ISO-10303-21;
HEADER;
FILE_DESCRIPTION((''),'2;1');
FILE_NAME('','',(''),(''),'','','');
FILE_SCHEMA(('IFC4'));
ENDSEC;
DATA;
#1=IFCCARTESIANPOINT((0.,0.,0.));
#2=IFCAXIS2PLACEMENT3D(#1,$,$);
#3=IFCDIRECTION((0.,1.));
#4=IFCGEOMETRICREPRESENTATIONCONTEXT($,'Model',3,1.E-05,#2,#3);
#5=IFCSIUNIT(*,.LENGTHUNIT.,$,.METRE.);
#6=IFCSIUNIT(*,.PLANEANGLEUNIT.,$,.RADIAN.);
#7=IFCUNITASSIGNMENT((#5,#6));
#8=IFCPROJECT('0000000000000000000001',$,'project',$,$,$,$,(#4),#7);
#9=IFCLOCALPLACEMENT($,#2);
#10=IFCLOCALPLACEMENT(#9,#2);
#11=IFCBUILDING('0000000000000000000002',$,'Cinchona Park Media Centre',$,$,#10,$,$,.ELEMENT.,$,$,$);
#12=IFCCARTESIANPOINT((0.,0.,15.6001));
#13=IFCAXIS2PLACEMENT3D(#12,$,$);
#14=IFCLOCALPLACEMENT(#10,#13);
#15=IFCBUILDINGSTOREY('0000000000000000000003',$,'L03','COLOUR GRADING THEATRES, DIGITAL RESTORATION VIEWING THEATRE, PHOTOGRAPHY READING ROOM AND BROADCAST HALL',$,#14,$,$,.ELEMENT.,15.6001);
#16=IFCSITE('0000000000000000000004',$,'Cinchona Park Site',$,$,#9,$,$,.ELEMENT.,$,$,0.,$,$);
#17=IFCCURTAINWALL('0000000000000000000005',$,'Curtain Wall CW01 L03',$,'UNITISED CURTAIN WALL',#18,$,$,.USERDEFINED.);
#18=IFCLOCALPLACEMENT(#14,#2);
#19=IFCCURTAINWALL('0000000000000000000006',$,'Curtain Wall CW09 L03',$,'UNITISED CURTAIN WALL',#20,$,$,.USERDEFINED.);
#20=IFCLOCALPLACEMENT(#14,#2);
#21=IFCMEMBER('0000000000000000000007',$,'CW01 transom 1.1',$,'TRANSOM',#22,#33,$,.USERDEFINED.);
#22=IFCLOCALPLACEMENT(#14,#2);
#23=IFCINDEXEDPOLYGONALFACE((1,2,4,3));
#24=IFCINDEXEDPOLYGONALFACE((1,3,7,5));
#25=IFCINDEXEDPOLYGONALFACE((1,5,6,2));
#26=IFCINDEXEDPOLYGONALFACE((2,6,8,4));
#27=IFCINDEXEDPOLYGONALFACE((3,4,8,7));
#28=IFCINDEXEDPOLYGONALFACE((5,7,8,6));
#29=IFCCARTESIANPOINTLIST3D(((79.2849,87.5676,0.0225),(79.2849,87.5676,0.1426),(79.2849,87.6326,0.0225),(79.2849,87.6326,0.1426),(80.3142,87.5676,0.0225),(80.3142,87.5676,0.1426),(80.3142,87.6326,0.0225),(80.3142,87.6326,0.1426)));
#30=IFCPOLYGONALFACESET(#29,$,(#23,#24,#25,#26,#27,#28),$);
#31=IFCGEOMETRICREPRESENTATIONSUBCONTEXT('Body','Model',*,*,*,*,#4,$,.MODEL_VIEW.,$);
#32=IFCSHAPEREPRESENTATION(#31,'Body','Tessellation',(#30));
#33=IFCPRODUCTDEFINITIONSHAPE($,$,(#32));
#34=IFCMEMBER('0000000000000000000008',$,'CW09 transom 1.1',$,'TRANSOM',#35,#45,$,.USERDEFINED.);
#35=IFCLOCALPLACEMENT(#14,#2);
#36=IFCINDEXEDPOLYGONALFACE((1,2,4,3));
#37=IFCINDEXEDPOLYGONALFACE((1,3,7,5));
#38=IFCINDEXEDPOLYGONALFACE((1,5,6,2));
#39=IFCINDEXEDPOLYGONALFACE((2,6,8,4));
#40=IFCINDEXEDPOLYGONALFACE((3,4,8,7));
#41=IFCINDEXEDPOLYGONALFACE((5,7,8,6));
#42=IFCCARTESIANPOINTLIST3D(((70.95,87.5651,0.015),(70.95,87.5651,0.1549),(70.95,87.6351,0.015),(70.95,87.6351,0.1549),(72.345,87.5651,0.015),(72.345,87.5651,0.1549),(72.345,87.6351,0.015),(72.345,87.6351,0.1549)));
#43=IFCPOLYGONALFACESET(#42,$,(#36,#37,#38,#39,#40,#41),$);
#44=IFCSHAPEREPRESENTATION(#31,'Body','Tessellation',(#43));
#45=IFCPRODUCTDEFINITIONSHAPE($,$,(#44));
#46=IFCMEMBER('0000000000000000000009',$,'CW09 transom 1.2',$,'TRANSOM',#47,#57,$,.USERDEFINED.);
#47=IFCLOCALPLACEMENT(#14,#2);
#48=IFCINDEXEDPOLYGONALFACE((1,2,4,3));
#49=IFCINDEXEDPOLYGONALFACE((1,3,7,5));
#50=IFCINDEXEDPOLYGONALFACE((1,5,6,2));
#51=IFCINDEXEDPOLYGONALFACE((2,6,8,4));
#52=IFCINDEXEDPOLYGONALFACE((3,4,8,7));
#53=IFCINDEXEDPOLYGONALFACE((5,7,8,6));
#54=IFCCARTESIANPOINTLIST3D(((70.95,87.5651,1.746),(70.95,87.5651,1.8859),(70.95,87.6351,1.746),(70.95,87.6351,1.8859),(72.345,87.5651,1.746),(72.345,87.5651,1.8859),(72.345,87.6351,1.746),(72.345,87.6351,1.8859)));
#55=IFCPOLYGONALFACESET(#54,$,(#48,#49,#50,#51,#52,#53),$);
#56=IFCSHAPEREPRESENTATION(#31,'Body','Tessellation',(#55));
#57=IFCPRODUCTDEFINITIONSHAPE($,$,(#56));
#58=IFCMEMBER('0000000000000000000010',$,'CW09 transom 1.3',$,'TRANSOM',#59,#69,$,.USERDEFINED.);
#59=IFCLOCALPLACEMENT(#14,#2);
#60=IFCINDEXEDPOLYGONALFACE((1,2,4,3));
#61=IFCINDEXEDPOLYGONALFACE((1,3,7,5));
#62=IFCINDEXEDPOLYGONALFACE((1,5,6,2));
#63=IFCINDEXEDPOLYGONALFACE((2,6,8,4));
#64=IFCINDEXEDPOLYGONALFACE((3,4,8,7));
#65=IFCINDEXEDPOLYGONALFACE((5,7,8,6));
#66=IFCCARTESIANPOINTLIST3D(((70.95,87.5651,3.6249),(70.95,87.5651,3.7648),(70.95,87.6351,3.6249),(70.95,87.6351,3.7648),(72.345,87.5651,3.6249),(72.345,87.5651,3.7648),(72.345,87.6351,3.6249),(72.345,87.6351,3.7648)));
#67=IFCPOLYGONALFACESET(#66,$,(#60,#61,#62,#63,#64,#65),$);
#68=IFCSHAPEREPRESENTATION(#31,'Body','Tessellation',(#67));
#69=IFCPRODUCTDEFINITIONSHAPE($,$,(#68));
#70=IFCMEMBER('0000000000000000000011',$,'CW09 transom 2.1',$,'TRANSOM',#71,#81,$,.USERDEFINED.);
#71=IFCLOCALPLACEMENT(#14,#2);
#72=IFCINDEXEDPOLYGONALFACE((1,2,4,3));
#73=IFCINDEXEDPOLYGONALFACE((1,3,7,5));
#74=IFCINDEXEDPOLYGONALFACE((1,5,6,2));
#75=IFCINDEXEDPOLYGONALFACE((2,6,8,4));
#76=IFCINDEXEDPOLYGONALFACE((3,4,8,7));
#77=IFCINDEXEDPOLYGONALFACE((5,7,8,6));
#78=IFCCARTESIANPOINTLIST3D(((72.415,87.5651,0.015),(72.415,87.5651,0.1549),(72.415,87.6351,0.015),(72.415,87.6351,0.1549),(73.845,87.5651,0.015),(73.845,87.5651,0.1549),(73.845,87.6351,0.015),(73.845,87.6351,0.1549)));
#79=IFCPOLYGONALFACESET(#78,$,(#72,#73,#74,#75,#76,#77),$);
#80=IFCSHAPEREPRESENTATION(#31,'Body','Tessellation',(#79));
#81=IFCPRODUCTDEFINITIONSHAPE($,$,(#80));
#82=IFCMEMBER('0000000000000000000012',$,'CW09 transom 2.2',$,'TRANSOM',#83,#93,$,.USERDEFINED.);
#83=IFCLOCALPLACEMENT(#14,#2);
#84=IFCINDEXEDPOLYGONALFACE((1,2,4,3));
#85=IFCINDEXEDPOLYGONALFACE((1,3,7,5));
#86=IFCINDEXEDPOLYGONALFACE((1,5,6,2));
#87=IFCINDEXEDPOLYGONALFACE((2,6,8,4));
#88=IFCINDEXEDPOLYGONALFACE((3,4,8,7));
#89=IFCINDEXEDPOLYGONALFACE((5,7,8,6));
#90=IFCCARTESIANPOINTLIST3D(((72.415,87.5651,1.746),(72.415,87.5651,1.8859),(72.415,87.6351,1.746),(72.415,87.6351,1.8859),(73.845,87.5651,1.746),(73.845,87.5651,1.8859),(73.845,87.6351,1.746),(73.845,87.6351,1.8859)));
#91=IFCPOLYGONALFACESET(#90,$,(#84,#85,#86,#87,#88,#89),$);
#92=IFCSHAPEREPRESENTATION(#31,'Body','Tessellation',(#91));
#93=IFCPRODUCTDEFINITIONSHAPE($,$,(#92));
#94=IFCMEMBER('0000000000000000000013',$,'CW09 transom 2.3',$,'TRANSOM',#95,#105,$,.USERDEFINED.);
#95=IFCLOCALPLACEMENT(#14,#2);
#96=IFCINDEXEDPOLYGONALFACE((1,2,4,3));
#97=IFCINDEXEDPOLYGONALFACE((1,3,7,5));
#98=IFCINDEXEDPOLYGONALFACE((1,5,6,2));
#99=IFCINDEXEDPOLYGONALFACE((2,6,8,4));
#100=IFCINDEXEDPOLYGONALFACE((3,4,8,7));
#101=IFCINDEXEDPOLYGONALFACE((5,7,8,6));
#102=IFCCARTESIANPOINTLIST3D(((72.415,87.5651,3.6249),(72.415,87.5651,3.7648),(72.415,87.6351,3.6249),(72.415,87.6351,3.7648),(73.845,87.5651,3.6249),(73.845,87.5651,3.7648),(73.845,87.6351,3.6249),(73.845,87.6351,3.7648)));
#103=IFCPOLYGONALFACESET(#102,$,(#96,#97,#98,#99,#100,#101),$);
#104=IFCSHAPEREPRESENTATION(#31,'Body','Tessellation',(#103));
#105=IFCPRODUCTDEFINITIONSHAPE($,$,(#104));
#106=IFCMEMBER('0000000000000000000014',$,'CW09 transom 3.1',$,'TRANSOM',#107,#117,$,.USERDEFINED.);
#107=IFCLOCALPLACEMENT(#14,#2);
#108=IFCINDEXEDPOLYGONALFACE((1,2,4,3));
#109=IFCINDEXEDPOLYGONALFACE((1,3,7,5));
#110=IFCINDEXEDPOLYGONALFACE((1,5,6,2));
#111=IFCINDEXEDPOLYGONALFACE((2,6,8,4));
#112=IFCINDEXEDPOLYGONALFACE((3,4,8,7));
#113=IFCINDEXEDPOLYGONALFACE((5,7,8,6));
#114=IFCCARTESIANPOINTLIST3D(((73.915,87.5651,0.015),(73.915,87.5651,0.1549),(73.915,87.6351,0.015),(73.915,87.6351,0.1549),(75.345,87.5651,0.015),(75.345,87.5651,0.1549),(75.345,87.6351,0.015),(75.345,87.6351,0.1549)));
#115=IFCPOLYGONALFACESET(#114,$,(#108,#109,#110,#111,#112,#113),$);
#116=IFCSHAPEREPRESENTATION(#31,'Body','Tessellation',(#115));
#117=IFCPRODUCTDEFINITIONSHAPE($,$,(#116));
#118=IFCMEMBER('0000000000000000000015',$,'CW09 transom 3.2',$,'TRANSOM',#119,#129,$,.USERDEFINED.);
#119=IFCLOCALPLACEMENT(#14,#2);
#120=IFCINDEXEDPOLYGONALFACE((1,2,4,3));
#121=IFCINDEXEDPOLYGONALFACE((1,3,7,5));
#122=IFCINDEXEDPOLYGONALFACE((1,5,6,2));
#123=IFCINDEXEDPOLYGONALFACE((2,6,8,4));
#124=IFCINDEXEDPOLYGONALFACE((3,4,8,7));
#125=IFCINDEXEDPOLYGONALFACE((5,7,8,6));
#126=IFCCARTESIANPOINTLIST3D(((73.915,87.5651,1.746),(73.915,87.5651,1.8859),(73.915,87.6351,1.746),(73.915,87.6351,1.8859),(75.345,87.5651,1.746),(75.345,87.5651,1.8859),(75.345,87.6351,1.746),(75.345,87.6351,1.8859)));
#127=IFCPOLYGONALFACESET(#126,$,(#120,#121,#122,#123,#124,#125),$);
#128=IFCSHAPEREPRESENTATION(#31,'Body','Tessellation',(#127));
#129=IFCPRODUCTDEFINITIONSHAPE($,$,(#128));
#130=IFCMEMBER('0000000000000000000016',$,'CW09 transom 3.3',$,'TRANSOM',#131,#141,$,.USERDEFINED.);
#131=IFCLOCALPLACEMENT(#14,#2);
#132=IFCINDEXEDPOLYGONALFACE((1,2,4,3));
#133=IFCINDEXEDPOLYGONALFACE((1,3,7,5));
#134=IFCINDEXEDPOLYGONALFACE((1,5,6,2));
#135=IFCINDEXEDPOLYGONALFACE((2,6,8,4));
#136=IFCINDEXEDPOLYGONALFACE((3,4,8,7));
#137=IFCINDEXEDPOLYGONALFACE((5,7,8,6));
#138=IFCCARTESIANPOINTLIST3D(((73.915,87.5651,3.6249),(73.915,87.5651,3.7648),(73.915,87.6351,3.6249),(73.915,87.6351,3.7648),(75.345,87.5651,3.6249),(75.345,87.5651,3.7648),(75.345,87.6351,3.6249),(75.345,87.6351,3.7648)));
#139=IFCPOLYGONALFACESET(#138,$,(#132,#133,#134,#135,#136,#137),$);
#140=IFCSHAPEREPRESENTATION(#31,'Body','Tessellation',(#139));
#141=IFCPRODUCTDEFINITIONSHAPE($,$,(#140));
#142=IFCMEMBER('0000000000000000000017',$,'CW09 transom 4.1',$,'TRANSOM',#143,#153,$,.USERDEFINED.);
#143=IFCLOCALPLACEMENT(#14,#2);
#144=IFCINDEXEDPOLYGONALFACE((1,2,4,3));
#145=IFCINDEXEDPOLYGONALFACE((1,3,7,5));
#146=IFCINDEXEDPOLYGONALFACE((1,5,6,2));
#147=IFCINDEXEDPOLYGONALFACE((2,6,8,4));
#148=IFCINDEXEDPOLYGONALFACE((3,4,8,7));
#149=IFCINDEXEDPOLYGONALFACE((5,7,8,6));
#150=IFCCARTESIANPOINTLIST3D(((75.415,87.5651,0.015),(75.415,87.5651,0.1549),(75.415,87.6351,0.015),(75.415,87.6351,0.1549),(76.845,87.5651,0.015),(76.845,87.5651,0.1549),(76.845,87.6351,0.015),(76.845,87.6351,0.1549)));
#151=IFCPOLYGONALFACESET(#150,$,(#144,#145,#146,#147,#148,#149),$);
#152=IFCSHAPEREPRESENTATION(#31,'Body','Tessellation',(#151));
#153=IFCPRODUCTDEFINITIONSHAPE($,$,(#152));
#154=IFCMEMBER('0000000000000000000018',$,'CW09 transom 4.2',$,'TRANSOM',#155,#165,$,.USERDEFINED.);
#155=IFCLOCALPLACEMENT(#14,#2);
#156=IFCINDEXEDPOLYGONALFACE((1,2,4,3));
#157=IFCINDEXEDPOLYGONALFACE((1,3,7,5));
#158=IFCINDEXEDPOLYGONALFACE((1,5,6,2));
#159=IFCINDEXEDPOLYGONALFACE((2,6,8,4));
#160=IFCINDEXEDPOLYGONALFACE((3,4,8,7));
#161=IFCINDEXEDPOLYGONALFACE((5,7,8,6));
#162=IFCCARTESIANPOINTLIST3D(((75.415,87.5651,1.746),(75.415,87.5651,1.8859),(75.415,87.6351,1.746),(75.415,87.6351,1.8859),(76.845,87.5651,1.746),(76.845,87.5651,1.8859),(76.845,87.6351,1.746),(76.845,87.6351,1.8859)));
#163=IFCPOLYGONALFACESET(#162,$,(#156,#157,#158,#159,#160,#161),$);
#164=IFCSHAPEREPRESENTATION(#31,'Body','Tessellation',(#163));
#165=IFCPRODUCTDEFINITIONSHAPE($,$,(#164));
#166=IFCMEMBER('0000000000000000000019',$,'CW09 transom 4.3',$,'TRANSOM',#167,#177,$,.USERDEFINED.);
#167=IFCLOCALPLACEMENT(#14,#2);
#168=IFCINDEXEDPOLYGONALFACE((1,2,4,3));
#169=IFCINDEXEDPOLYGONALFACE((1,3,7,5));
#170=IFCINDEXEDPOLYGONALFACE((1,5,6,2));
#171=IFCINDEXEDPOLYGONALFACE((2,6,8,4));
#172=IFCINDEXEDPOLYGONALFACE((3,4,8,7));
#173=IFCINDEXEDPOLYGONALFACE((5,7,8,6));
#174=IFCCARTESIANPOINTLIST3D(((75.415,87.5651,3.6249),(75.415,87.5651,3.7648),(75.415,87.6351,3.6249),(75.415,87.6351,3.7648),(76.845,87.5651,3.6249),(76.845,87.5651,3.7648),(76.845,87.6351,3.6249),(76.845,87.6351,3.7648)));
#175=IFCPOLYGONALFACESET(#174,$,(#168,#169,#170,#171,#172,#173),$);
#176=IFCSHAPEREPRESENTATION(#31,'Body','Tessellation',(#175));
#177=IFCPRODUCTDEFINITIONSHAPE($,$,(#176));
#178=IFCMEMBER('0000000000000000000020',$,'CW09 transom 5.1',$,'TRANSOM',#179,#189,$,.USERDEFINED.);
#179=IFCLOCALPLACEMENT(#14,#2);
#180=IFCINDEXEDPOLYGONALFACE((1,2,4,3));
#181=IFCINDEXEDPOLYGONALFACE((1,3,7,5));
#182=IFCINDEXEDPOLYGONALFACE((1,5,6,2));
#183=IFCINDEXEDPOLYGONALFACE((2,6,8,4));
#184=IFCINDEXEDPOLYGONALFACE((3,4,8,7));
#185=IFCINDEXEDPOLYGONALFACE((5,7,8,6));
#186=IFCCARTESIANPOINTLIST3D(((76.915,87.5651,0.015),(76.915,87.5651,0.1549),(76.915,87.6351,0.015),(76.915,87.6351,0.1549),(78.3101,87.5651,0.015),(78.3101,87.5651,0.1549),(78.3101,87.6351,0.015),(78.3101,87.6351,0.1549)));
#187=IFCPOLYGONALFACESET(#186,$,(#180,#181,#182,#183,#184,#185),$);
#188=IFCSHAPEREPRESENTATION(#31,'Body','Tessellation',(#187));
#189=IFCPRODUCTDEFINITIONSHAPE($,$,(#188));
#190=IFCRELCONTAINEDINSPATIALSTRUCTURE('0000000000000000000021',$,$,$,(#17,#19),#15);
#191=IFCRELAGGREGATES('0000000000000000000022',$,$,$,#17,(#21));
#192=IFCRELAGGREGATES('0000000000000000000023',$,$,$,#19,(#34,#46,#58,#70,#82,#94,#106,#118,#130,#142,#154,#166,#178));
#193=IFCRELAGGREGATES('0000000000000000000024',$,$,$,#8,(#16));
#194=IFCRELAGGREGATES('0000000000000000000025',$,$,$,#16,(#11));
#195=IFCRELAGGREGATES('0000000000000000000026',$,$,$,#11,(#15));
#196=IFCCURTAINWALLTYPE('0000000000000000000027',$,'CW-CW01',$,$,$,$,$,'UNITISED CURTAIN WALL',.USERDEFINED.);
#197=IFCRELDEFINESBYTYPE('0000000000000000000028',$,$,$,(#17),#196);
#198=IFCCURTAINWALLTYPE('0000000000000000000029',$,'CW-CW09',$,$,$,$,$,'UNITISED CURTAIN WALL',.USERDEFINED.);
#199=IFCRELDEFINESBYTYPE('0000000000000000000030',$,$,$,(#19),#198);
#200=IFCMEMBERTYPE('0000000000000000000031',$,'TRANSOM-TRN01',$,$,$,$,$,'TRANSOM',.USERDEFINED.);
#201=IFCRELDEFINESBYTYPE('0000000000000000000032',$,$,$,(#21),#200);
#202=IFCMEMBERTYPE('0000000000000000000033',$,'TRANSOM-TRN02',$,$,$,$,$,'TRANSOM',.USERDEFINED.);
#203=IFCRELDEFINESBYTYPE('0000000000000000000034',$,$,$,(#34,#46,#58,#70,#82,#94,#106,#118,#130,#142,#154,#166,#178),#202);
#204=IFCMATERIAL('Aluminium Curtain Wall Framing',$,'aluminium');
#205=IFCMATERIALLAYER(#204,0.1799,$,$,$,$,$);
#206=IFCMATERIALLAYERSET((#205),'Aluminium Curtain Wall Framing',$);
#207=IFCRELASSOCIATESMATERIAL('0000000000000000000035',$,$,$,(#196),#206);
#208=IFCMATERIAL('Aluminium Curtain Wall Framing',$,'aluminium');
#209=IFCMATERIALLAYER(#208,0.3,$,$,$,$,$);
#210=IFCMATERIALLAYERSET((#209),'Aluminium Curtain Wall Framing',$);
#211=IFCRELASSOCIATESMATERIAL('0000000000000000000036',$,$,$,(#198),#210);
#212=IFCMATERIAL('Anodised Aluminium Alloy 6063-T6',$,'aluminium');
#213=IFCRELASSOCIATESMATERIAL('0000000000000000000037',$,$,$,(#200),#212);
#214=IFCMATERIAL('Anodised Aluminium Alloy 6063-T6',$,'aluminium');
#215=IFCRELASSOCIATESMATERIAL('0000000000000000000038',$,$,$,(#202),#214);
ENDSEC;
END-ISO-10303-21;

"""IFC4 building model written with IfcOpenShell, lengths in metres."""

from ifc_helpers import new_model, si_unit, direction, frame, origin, origin_2d, place, context, subcontext, project, spatial, rectangle, extrude, material, layer, layer_set, material_profile, profile_set, type_object, element, aggregate, save


model = new_model("IFC4")

# Units and contexts
model_context = context("Model", 3, precision=1e-05, world=origin(), true_north=direction((0.0, 1.0)))
body_context = subcontext(model_context, "Body", "Model", "MODEL_VIEW")
ifc_project = project(units=[si_unit("LENGTHUNIT", "METRE"), si_unit("PLANEANGLEUNIT", "RADIAN")], contexts=[model_context])

# Site, building, storey
site_placement = place(None, origin())
site = spatial("IfcSite", under=ifc_project, at=site_placement, Name="Cinchona Park Site", CompositionType="ELEMENT", RefElevation=0.0)
building_placement = place(site_placement, origin())
building = spatial("IfcBuilding", under=site, at=building_placement, Name="Cinchona Park Media Centre", CompositionType="ELEMENT")
storey_placement = place(building_placement, frame((0.0, 0.0, 15.6001)))
storey = spatial("IfcBuildingStorey", under=building, at=storey_placement, Name="L03", Description="COLOUR GRADING THEATRES, DIGITAL RESTORATION VIEWING THEATRE, PHOTOGRAPHY READING ROOM AND BROADCAST HALL", CompositionType="ELEMENT", Elevation=15.6001)

# Curtain wall
ifc_material_1 = material(Name="Aluminium Curtain Wall Framing", Category="aluminium")
ifc_layer_1 = layer(ifc_material_1, 0.1799)
ifc_layer_set_1 = layer_set([ifc_layer_1], Name="Aluminium Curtain Wall Framing")
curtain_wall_type_1 = type_object("IfcCurtainWallType", Name="CW-CW01", ElementType="UNITISED CURTAIN WALL", PredefinedType="USERDEFINED", material=ifc_layer_set_1)
curtain_wall_1_placement = place(storey_placement, origin())
curtain_wall_1 = element("IfcCurtainWall", 1, at=curtain_wall_1_placement, inside=storey, type_object=curtain_wall_type_1, Name="Curtain Wall CW01 L03", ObjectType="UNITISED CURTAIN WALL", PredefinedType="USERDEFINED")

# Curtain wall
ifc_material_2 = material(Name="Aluminium Curtain Wall Framing", Category="aluminium")
ifc_layer_2 = layer(ifc_material_2, 0.3)
ifc_layer_set_2 = layer_set([ifc_layer_2], Name="Aluminium Curtain Wall Framing")
curtain_wall_type_2 = type_object("IfcCurtainWallType", Name="CW-CW09", ElementType="UNITISED CURTAIN WALL", PredefinedType="USERDEFINED", material=ifc_layer_set_2)
curtain_wall_2_placement = place(storey_placement, origin())
curtain_wall_2 = element("IfcCurtainWall", 2, at=curtain_wall_2_placement, inside=storey, type_object=curtain_wall_type_2, Name="Curtain Wall CW09 L03", ObjectType="UNITISED CURTAIN WALL", PredefinedType="USERDEFINED")

# Members
ifc_material_3 = material(Name="Anodised Aluminium Alloy 6063-T6", Category="aluminium")
ifc_material_profile_1 = material_profile(ifc_material_3, rectangle(XDim=0.0649, YDim=0.1201, at=origin_2d()), Name="TRN-65X120")
ifc_profile_set_1 = profile_set([ifc_material_profile_1], Name="Anodised Aluminium Alloy 6063-T6")
member_type_1 = type_object("IfcMemberType", Name="TRANSOM-TRN01", ElementType="TRANSOM", PredefinedType="USERDEFINED", material=ifc_profile_set_1)
member_1_placement = place(storey_placement, frame((79.2849, 87.6001, 0.0825), z_axis=(1.0, 0.0, 0.0), x_axis=(0.0, 1.0, 0.0)))
member_1 = element("IfcMember", 3, at=member_1_placement, type_object=member_type_1, Name="CW01 transom 1.1", ObjectType="TRANSOM", PredefinedType="USERDEFINED", context=body_context, shape_type="SweptSolid", body=[
    extrude(rectangle(XDim=0.0649, YDim=0.1201, at=origin_2d()), origin(), (0.0, 0.0, 1.0), 1.0293),
])
aggregate(curtain_wall_1, [member_1])
ifc_material_4 = material(Name="Anodised Aluminium Alloy 6063-T6", Category="aluminium")
ifc_material_profile_2 = material_profile(ifc_material_4, rectangle(XDim=0.0701, YDim=0.1399, at=origin_2d()), Name="TRN-70X140")
ifc_profile_set_2 = profile_set([ifc_material_profile_2], Name="Anodised Aluminium Alloy 6063-T6")
member_type_2 = type_object("IfcMemberType", Name="TRANSOM-TRN02", ElementType="TRANSOM", PredefinedType="USERDEFINED", material=ifc_profile_set_2)
member_2_placement = place(storey_placement, frame((70.95, 87.6001, 0.085), z_axis=(1.0, 0.0, 0.0), x_axis=(0.0, 1.0, 0.0)))
member_2 = element("IfcMember", 4, at=member_2_placement, type_object=member_type_2, Name="CW09 transom 1.1", ObjectType="TRANSOM", PredefinedType="USERDEFINED", context=body_context, shape_type="SweptSolid", body=[
    extrude(rectangle(XDim=0.0701, YDim=0.1399, at=origin_2d()), origin(), (0.0, 0.0, 1.0), 1.395),
])
member_3_placement = place(storey_placement, frame((70.95, 87.6001, 1.8159), z_axis=(1.0, 0.0, 0.0), x_axis=(0.0, 1.0, 0.0)))
member_3 = element("IfcMember", 5, at=member_3_placement, type_object=member_type_2, Name="CW09 transom 1.2", ObjectType="TRANSOM", PredefinedType="USERDEFINED", context=body_context, shape_type="SweptSolid", body=[
    extrude(rectangle(XDim=0.0701, YDim=0.1399, at=origin_2d()), origin(), (0.0, 0.0, 1.0), 1.395),
])
member_4_placement = place(storey_placement, frame((70.95, 87.6001, 3.6948), z_axis=(1.0, 0.0, 0.0), x_axis=(0.0, 1.0, 0.0)))
member_4 = element("IfcMember", 6, at=member_4_placement, type_object=member_type_2, Name="CW09 transom 1.3", ObjectType="TRANSOM", PredefinedType="USERDEFINED", context=body_context, shape_type="SweptSolid", body=[
    extrude(rectangle(XDim=0.0701, YDim=0.1399, at=origin_2d()), origin(), (0.0, 0.0, 1.0), 1.395),
])
member_5_placement = place(storey_placement, frame((72.415, 87.6001, 0.085), z_axis=(1.0, 0.0, 0.0), x_axis=(0.0, 1.0, 0.0)))
member_5 = element("IfcMember", 7, at=member_5_placement, type_object=member_type_2, Name="CW09 transom 2.1", ObjectType="TRANSOM", PredefinedType="USERDEFINED", context=body_context, shape_type="SweptSolid", body=[
    extrude(rectangle(XDim=0.0701, YDim=0.1399, at=origin_2d()), origin(), (0.0, 0.0, 1.0), 1.4299),
])
member_6_placement = place(storey_placement, frame((72.415, 87.6001, 1.8159), z_axis=(1.0, 0.0, 0.0), x_axis=(0.0, 1.0, 0.0)))
member_6 = element("IfcMember", 8, at=member_6_placement, type_object=member_type_2, Name="CW09 transom 2.2", ObjectType="TRANSOM", PredefinedType="USERDEFINED", context=body_context, shape_type="SweptSolid", body=[
    extrude(rectangle(XDim=0.0701, YDim=0.1399, at=origin_2d()), origin(), (0.0, 0.0, 1.0), 1.4299),
])
member_7_placement = place(storey_placement, frame((72.415, 87.6001, 3.6948), z_axis=(1.0, 0.0, 0.0), x_axis=(0.0, 1.0, 0.0)))
member_7 = element("IfcMember", 9, at=member_7_placement, type_object=member_type_2, Name="CW09 transom 2.3", ObjectType="TRANSOM", PredefinedType="USERDEFINED", context=body_context, shape_type="SweptSolid", body=[
    extrude(rectangle(XDim=0.0701, YDim=0.1399, at=origin_2d()), origin(), (0.0, 0.0, 1.0), 1.4299),
])
member_8_placement = place(storey_placement, frame((73.915, 87.6001, 0.085), z_axis=(1.0, 0.0, 0.0), x_axis=(0.0, 1.0, 0.0)))
member_8 = element("IfcMember", 10, at=member_8_placement, type_object=member_type_2, Name="CW09 transom 3.1", ObjectType="TRANSOM", PredefinedType="USERDEFINED", context=body_context, shape_type="SweptSolid", body=[
    extrude(rectangle(XDim=0.0701, YDim=0.1399, at=origin_2d()), origin(), (0.0, 0.0, 1.0), 1.4299),
])
member_9_placement = place(storey_placement, frame((73.915, 87.6001, 1.8159), z_axis=(1.0, 0.0, 0.0), x_axis=(0.0, 1.0, 0.0)))
member_9 = element("IfcMember", 11, at=member_9_placement, type_object=member_type_2, Name="CW09 transom 3.2", ObjectType="TRANSOM", PredefinedType="USERDEFINED", context=body_context, shape_type="SweptSolid", body=[
    extrude(rectangle(XDim=0.0701, YDim=0.1399, at=origin_2d()), origin(), (0.0, 0.0, 1.0), 1.4299),
])
member_10_placement = place(storey_placement, frame((73.915, 87.6001, 3.6948), z_axis=(1.0, 0.0, 0.0), x_axis=(0.0, 1.0, 0.0)))
member_10 = element("IfcMember", 12, at=member_10_placement, type_object=member_type_2, Name="CW09 transom 3.3", ObjectType="TRANSOM", PredefinedType="USERDEFINED", context=body_context, shape_type="SweptSolid", body=[
    extrude(rectangle(XDim=0.0701, YDim=0.1399, at=origin_2d()), origin(), (0.0, 0.0, 1.0), 1.4299),
])
member_11_placement = place(storey_placement, frame((75.415, 87.6001, 0.085), z_axis=(1.0, 0.0, 0.0), x_axis=(0.0, 1.0, 0.0)))
member_11 = element("IfcMember", 13, at=member_11_placement, type_object=member_type_2, Name="CW09 transom 4.1", ObjectType="TRANSOM", PredefinedType="USERDEFINED", context=body_context, shape_type="SweptSolid", body=[
    extrude(rectangle(XDim=0.0701, YDim=0.1399, at=origin_2d()), origin(), (0.0, 0.0, 1.0), 1.4299),
])
member_12_placement = place(storey_placement, frame((75.415, 87.6001, 1.8159), z_axis=(1.0, 0.0, 0.0), x_axis=(0.0, 1.0, 0.0)))
member_12 = element("IfcMember", 14, at=member_12_placement, type_object=member_type_2, Name="CW09 transom 4.2", ObjectType="TRANSOM", PredefinedType="USERDEFINED", context=body_context, shape_type="SweptSolid", body=[
    extrude(rectangle(XDim=0.0701, YDim=0.1399, at=origin_2d()), origin(), (0.0, 0.0, 1.0), 1.4299),
])
member_13_placement = place(storey_placement, frame((75.415, 87.6001, 3.6948), z_axis=(1.0, 0.0, 0.0), x_axis=(0.0, 1.0, 0.0)))
member_13 = element("IfcMember", 15, at=member_13_placement, type_object=member_type_2, Name="CW09 transom 4.3", ObjectType="TRANSOM", PredefinedType="USERDEFINED", context=body_context, shape_type="SweptSolid", body=[
    extrude(rectangle(XDim=0.0701, YDim=0.1399, at=origin_2d()), origin(), (0.0, 0.0, 1.0), 1.4299),
])
member_14_placement = place(storey_placement, frame((76.915, 87.6001, 0.085), z_axis=(1.0, 0.0, 0.0), x_axis=(0.0, 1.0, 0.0)))
member_14 = element("IfcMember", 16, at=member_14_placement, type_object=member_type_2, Name="CW09 transom 5.1", ObjectType="TRANSOM", PredefinedType="USERDEFINED", context=body_context, shape_type="SweptSolid", body=[
    extrude(rectangle(XDim=0.0701, YDim=0.1399, at=origin_2d()), origin(), (0.0, 0.0, 1.0), 1.395),
])

aggregate(curtain_wall_2, [member_2, member_3, member_4, member_5, member_6, member_7, member_8, member_9, member_10, member_11, member_12, member_13, member_14])

save(model, "model.ifc")
